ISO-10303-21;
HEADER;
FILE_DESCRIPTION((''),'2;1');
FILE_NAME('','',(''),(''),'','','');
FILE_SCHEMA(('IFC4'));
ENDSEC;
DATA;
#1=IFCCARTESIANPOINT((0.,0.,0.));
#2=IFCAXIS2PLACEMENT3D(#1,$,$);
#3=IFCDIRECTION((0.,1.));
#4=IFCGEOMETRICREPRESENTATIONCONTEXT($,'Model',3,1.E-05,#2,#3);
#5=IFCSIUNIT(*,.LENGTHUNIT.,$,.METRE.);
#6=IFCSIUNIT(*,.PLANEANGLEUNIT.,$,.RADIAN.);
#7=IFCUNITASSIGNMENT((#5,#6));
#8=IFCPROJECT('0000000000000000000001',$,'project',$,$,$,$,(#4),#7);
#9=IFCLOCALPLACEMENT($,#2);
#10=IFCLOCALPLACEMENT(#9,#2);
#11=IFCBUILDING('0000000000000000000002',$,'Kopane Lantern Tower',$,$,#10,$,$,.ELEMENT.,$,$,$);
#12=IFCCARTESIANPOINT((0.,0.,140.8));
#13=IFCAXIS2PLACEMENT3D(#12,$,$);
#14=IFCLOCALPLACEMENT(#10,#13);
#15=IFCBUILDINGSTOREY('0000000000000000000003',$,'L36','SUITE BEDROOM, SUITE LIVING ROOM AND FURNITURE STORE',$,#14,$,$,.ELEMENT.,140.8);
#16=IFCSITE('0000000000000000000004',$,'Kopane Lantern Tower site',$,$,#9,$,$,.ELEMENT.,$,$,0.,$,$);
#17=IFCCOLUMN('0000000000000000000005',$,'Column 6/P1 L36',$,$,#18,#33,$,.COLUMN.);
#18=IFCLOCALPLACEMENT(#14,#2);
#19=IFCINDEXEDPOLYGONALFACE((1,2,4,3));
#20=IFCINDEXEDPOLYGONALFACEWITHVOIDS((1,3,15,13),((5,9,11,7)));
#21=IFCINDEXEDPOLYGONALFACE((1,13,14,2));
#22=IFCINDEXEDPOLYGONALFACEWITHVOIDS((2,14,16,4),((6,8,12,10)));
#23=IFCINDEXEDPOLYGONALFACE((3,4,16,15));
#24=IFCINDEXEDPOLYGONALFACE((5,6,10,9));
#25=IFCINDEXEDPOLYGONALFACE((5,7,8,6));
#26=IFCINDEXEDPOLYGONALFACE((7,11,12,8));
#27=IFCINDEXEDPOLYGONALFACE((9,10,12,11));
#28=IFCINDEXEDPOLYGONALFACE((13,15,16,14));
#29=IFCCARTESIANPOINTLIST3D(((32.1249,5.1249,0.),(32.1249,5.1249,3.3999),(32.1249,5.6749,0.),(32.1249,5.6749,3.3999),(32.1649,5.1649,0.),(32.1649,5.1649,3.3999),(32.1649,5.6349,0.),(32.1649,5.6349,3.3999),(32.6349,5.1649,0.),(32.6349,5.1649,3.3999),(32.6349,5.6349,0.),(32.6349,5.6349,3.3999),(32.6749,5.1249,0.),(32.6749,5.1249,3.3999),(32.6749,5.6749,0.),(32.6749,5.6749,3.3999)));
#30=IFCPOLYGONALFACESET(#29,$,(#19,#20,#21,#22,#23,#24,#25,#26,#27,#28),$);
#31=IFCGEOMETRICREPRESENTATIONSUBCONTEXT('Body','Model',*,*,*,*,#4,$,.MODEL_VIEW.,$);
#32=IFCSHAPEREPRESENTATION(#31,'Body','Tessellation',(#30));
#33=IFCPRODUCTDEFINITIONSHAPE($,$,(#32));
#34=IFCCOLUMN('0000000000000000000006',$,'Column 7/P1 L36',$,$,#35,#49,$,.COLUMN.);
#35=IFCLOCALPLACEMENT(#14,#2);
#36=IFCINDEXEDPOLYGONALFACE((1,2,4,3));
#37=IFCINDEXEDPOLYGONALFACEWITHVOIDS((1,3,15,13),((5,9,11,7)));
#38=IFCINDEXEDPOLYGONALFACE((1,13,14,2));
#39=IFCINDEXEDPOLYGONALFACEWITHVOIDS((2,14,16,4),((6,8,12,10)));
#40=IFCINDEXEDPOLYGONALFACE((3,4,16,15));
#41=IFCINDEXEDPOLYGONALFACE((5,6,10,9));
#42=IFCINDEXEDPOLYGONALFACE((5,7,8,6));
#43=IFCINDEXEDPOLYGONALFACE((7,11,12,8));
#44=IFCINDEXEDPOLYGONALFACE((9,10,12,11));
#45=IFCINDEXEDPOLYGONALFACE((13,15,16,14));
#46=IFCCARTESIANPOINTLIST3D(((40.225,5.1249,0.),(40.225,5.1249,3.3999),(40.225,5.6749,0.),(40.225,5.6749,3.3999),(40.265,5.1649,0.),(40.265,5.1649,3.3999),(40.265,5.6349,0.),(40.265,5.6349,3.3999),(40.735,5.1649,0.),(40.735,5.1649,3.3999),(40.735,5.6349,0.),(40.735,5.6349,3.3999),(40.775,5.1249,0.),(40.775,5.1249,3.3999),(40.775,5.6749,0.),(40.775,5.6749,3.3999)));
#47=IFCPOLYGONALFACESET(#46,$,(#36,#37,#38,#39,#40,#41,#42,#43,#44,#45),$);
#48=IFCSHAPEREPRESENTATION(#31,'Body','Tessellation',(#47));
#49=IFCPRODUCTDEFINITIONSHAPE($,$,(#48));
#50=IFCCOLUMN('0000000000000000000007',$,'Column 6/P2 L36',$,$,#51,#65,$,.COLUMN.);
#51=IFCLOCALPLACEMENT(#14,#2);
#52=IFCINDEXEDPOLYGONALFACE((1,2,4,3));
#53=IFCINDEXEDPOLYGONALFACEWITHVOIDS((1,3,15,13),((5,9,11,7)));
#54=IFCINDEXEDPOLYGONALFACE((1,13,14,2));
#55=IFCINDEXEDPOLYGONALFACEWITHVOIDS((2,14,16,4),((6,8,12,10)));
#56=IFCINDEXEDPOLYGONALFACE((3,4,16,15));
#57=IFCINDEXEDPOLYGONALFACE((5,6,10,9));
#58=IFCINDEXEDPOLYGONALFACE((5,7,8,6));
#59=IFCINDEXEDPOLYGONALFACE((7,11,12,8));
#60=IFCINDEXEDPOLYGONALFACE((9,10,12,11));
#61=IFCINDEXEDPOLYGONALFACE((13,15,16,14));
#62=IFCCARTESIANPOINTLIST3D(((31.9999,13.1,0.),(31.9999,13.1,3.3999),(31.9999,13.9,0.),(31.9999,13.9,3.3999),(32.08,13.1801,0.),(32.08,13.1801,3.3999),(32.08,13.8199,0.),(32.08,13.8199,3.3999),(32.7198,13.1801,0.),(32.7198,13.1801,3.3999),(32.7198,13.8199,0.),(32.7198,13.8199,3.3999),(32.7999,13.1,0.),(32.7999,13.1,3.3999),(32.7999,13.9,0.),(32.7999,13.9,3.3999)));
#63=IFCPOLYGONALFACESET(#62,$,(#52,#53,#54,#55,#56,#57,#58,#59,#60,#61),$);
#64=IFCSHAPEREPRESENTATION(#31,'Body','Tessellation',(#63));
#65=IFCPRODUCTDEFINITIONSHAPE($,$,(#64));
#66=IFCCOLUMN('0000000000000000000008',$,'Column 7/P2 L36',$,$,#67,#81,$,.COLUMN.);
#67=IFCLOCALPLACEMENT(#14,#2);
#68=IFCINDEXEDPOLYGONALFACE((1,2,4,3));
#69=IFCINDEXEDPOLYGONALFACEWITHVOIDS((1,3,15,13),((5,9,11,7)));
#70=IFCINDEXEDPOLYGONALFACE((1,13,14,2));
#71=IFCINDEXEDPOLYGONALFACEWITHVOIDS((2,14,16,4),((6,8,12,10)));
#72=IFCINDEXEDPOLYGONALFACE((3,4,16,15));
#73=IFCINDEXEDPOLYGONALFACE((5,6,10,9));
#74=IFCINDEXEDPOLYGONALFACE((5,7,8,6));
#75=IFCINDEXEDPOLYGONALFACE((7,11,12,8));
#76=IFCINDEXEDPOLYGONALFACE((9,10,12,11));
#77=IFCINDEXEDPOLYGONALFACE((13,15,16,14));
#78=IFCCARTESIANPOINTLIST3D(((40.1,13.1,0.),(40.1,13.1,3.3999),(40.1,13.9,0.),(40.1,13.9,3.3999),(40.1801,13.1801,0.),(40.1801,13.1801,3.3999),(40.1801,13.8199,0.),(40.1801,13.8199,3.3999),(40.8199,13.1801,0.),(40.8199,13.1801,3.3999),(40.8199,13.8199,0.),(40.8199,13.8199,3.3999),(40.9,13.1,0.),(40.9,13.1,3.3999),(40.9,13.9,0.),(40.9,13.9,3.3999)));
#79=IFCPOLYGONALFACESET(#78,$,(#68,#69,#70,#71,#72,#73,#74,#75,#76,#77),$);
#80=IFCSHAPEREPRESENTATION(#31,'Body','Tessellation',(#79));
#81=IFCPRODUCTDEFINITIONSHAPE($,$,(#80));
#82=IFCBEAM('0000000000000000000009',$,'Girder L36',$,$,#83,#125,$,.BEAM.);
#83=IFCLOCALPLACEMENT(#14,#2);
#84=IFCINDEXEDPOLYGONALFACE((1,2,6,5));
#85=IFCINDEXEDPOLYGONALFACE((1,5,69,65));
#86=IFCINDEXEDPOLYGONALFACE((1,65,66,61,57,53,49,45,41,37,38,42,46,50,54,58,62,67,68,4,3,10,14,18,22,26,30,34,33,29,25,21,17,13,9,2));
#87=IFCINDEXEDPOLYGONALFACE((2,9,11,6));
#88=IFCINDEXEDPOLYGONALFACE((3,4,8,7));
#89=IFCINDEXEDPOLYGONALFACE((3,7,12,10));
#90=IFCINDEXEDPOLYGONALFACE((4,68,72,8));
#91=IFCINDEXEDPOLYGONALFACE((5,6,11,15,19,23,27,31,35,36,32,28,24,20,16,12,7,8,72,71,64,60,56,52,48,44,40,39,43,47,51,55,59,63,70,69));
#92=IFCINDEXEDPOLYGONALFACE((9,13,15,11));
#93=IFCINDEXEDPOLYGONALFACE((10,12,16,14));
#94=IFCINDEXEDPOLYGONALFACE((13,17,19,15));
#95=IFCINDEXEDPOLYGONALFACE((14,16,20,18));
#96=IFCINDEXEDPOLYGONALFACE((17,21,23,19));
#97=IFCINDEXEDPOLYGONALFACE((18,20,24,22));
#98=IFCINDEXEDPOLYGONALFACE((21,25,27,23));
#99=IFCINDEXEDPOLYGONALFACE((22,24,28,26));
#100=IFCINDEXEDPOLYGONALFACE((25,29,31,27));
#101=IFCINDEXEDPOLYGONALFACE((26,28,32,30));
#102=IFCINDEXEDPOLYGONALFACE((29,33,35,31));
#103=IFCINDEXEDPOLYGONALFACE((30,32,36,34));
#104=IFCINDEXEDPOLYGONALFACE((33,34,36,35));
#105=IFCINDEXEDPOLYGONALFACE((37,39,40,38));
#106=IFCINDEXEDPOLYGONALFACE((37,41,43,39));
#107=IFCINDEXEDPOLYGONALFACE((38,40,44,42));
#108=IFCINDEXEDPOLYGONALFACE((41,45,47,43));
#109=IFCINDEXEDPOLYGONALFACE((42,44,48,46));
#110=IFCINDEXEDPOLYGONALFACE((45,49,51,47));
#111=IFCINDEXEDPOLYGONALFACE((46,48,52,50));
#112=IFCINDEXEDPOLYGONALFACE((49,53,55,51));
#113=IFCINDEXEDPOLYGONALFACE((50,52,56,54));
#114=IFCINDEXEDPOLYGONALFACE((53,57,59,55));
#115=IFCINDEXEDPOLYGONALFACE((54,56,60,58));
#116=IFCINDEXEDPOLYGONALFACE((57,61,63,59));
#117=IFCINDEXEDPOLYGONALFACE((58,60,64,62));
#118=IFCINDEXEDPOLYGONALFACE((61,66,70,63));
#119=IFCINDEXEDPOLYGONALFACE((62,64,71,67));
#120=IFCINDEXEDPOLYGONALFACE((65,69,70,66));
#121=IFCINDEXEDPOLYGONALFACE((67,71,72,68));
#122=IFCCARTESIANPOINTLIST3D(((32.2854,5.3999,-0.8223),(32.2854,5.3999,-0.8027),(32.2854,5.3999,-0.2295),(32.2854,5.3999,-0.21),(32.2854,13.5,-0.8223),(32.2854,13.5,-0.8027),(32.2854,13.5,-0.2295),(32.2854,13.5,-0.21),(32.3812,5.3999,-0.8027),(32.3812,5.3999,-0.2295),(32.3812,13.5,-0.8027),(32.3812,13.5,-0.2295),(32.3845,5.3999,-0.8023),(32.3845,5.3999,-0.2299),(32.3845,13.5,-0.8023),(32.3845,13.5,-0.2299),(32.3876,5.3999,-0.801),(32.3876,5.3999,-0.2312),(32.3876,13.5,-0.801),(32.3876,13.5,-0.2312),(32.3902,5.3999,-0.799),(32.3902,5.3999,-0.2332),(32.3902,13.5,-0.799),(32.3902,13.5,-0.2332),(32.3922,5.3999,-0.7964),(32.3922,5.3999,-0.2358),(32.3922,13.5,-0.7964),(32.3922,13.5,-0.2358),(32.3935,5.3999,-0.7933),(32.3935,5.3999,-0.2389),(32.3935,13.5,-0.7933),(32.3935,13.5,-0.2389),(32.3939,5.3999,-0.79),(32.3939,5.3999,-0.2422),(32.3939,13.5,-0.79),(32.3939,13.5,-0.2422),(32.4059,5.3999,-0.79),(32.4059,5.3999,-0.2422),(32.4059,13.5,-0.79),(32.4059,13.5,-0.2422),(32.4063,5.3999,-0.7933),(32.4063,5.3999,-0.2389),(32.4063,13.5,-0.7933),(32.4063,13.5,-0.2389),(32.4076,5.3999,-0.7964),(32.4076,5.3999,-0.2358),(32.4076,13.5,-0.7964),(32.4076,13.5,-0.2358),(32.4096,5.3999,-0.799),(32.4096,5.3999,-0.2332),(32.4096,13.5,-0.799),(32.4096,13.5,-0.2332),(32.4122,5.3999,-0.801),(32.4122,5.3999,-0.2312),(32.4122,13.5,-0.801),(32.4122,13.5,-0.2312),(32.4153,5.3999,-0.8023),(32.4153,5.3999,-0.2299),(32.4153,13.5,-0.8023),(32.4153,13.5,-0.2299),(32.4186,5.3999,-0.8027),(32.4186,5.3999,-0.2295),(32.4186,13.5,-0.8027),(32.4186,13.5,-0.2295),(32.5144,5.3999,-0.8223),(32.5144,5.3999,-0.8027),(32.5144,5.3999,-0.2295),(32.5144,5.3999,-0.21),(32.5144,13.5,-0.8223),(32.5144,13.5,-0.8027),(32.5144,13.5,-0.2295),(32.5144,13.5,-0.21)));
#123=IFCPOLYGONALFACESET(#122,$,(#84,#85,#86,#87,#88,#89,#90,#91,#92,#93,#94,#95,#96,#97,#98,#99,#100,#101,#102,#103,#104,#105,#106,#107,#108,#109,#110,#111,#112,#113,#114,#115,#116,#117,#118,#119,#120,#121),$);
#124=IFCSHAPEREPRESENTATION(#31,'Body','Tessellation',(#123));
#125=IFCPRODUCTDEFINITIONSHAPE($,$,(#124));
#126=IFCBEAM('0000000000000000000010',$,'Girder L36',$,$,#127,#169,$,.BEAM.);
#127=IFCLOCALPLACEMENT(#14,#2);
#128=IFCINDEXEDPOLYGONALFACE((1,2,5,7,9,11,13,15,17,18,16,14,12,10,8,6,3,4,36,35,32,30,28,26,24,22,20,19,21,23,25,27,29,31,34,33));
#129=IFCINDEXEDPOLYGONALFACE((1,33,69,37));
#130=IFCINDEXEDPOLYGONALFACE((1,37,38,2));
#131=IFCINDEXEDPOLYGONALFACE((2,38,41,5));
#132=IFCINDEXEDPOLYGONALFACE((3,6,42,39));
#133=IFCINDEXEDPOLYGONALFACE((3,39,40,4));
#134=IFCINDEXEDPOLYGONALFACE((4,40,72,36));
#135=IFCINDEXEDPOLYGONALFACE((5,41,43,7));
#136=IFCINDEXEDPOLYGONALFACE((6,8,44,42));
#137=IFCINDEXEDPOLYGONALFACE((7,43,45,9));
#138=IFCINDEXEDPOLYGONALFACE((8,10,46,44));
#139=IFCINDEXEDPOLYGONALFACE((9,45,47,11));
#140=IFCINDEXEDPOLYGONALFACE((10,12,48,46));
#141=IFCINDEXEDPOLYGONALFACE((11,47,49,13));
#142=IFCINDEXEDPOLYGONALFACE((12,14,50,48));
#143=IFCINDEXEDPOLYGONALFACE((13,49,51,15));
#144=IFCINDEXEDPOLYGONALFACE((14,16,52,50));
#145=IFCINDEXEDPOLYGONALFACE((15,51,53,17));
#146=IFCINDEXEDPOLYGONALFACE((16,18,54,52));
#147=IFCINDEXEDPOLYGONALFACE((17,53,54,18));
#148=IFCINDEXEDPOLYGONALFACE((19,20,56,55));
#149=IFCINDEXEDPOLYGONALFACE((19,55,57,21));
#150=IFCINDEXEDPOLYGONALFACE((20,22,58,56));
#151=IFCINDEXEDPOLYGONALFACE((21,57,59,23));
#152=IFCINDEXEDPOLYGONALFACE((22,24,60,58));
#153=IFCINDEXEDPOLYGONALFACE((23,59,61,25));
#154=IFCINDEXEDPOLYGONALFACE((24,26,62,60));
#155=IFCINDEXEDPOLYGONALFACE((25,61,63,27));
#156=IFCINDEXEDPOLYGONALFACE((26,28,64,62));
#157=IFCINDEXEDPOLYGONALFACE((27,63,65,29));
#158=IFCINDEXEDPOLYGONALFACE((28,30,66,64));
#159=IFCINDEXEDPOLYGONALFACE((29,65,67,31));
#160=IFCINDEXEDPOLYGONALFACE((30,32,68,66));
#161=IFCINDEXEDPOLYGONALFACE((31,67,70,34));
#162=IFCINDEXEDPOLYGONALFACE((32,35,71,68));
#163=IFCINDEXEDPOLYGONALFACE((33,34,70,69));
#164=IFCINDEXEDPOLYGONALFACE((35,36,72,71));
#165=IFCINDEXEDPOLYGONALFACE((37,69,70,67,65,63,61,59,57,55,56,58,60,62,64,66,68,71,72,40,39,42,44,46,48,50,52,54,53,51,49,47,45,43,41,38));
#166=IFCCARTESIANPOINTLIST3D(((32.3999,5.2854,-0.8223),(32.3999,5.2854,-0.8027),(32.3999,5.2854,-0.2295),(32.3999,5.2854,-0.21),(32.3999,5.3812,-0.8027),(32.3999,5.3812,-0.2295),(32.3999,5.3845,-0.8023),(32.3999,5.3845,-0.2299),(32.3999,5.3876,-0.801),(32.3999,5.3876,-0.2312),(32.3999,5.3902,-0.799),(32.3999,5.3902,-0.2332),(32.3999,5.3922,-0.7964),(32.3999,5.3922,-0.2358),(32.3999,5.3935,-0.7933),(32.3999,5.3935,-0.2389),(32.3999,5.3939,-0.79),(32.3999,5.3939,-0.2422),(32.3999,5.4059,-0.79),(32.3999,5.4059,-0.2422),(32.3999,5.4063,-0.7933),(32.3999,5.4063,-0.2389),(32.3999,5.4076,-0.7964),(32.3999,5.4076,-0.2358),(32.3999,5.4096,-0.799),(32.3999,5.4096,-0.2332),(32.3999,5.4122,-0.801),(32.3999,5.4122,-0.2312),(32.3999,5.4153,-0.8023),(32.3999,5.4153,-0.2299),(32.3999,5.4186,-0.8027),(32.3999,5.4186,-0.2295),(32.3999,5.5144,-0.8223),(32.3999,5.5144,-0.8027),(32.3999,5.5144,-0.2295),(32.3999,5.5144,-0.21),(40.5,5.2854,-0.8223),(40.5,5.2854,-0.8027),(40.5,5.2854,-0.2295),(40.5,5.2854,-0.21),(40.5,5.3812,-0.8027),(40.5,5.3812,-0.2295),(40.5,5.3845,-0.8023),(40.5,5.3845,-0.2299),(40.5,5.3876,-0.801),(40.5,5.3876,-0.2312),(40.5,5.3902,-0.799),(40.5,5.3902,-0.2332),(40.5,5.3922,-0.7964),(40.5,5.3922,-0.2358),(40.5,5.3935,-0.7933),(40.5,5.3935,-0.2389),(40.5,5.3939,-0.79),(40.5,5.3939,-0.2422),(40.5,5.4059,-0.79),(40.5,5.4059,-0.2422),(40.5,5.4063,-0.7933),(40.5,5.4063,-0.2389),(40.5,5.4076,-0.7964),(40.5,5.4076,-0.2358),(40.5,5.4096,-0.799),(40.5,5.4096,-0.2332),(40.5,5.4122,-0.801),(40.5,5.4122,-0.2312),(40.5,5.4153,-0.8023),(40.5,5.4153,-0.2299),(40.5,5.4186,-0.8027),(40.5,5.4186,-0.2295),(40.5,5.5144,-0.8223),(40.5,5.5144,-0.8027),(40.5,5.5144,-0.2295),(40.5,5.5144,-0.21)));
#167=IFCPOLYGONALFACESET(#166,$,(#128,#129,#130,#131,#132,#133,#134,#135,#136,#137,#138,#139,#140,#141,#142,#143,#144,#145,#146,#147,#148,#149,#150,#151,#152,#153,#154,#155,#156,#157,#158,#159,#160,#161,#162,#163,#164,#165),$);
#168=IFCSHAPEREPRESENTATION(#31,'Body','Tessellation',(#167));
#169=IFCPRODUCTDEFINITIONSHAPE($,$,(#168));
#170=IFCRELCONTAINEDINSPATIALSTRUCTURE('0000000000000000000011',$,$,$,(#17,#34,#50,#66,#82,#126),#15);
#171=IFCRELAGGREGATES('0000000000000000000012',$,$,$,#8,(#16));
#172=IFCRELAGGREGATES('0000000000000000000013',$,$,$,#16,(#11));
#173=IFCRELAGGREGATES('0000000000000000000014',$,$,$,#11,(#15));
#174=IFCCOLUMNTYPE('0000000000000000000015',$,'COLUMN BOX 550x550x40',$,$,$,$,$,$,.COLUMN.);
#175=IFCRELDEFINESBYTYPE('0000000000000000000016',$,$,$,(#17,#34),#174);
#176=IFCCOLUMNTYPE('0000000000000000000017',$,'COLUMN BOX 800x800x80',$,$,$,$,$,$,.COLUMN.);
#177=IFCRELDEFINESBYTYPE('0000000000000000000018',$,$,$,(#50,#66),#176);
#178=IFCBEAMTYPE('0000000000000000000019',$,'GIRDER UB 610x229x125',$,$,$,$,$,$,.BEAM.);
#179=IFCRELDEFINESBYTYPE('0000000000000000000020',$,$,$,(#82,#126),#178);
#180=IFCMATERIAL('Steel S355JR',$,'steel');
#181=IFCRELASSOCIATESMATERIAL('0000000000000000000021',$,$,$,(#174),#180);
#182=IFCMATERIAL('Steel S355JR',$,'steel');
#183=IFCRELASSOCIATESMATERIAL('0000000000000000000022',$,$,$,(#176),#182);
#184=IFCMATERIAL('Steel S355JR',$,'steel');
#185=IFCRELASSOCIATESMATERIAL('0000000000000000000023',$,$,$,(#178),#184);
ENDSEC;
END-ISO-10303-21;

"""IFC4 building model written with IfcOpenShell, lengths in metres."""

from ifc_helpers import new_model, si_unit, direction, frame, origin, origin_2d, place, context, subcontext, project, spatial, hollow_rectangle, i_section, extrude, material, material_profile, profile_set, type_object, element, save


model = new_model("IFC4")

# Units and contexts
model_context = context("Model", 3, precision=1e-05, world=origin(), true_north=direction((0.0, 1.0)))
body_context = subcontext(model_context, "Body", "Model", "MODEL_VIEW")
ifc_project = project(units=[si_unit("LENGTHUNIT", "METRE"), si_unit("PLANEANGLEUNIT", "RADIAN")], contexts=[model_context])

# Site, building, storey
site_placement = place(None, origin())
site = spatial("IfcSite", under=ifc_project, at=site_placement, Name="Kopane Lantern Tower site", CompositionType="ELEMENT", RefElevation=0.0)
building_placement = place(site_placement, origin())
building = spatial("IfcBuilding", under=site, at=building_placement, Name="Kopane Lantern Tower", CompositionType="ELEMENT")
storey_placement = place(building_placement, frame((0.0, 0.0, 140.8)))
storey = spatial("IfcBuildingStorey", under=building, at=storey_placement, Name="L36", Description="SUITE BEDROOM, SUITE LIVING ROOM AND FURNITURE STORE", CompositionType="ELEMENT", Elevation=140.8)

# Columns
ifc_material_1 = material(Name="Steel S355JR", Category="steel")
ifc_material_profile_1 = material_profile(ifc_material_1, hollow_rectangle(XDim=0.55, YDim=0.55, WallThickness=0.04, at=origin_2d()), Name="BOX 550x550x40")
ifc_profile_set_1 = profile_set([ifc_material_profile_1], Name="Steel S355JR")
column_type_1 = type_object("IfcColumnType", Name="COLUMN BOX 550x550x40", PredefinedType="COLUMN", material=ifc_profile_set_1)
for number, where, z_axis, x_axis, name in (
    (1, (32.3999, 5.3999, 0.0), (0.0, 0.0, 1.0), (1.0, 0.0, 0.0), "Column 6/P1 L36"),
    (2, (40.5, 5.3999, 0.0), (0.0, 0.0, 1.0), (1.0, 0.0, 0.0), "Column 7/P1 L36"),
):
    element("IfcColumn", number, at=place(storey_placement, frame(where, z_axis=z_axis, x_axis=x_axis)), inside=storey, type_object=column_type_1, Name=name, PredefinedType="COLUMN", context=body_context, shape_type="SweptSolid", body=[
        extrude(hollow_rectangle(XDim=0.55, YDim=0.55, WallThickness=0.04, at=origin_2d()), origin(), (0.0, 0.0, 1.0), 3.3999),
    ])
ifc_material_2 = material(Name="Steel S355JR", Category="steel")
ifc_material_profile_2 = material_profile(ifc_material_2, hollow_rectangle(XDim=0.8, YDim=0.8, WallThickness=0.0801, at=origin_2d()), Name="BOX 800x800x80")
ifc_profile_set_2 = profile_set([ifc_material_profile_2], Name="Steel S355JR")
column_type_2 = type_object("IfcColumnType", Name="COLUMN BOX 800x800x80", PredefinedType="COLUMN", material=ifc_profile_set_2)
for number, where, z_axis, x_axis, name in (
    (3, (32.3999, 13.5, 0.0), (0.0, 0.0, 1.0), (1.0, 0.0, 0.0), "Column 6/P2 L36"),
    (4, (40.5, 13.5, 0.0), (0.0, 0.0, 1.0), (1.0, 0.0, 0.0), "Column 7/P2 L36"),
):
    element("IfcColumn", number, at=place(storey_placement, frame(where, z_axis=z_axis, x_axis=x_axis)), inside=storey, type_object=column_type_2, Name=name, PredefinedType="COLUMN", context=body_context, shape_type="SweptSolid", body=[
        extrude(hollow_rectangle(XDim=0.8, YDim=0.8, WallThickness=0.0801, at=origin_2d()), origin(), (0.0, 0.0, 1.0), 3.3999),
    ])

# Beams
ifc_material_3 = material(Name="Steel S355JR", Category="steel")
ifc_material_profile_3 = material_profile(ifc_material_3, i_section(OverallWidth=0.229, OverallDepth=0.6123, WebThickness=0.012, FlangeThickness=0.0195, FilletRadius=0.0127, at=origin_2d()), Name="UB 610x229x125")
ifc_profile_set_3 = profile_set([ifc_material_profile_3], Name="Steel S355JR")
beam_type = type_object("IfcBeamType", Name="GIRDER UB 610x229x125", PredefinedType="BEAM", material=ifc_profile_set_3)
for number, where, z_axis, x_axis, name in (
    (5, (32.3999, 5.3999, -0.5161), (0.0, 1.0, 0.0), (-1.0, 0.0, 0.0), "Girder L36"),
    (6, (32.3999, 5.3999, -0.5161), (1.0, 0.0, 0.0), (0.0, 1.0, 0.0), "Girder L36"),
):
    element("IfcBeam", number, at=place(storey_placement, frame(where, z_axis=z_axis, x_axis=x_axis)), inside=storey, type_object=beam_type, Name=name, PredefinedType="BEAM", context=body_context, shape_type="SweptSolid", body=[
        extrude(i_section(OverallWidth=0.229, OverallDepth=0.6123, WebThickness=0.012, FlangeThickness=0.0195, FilletRadius=0.0127, at=origin_2d()), origin(), (0.0, 0.0, 1.0), 8.1001),
    ])

save(model, "model.ifc")
